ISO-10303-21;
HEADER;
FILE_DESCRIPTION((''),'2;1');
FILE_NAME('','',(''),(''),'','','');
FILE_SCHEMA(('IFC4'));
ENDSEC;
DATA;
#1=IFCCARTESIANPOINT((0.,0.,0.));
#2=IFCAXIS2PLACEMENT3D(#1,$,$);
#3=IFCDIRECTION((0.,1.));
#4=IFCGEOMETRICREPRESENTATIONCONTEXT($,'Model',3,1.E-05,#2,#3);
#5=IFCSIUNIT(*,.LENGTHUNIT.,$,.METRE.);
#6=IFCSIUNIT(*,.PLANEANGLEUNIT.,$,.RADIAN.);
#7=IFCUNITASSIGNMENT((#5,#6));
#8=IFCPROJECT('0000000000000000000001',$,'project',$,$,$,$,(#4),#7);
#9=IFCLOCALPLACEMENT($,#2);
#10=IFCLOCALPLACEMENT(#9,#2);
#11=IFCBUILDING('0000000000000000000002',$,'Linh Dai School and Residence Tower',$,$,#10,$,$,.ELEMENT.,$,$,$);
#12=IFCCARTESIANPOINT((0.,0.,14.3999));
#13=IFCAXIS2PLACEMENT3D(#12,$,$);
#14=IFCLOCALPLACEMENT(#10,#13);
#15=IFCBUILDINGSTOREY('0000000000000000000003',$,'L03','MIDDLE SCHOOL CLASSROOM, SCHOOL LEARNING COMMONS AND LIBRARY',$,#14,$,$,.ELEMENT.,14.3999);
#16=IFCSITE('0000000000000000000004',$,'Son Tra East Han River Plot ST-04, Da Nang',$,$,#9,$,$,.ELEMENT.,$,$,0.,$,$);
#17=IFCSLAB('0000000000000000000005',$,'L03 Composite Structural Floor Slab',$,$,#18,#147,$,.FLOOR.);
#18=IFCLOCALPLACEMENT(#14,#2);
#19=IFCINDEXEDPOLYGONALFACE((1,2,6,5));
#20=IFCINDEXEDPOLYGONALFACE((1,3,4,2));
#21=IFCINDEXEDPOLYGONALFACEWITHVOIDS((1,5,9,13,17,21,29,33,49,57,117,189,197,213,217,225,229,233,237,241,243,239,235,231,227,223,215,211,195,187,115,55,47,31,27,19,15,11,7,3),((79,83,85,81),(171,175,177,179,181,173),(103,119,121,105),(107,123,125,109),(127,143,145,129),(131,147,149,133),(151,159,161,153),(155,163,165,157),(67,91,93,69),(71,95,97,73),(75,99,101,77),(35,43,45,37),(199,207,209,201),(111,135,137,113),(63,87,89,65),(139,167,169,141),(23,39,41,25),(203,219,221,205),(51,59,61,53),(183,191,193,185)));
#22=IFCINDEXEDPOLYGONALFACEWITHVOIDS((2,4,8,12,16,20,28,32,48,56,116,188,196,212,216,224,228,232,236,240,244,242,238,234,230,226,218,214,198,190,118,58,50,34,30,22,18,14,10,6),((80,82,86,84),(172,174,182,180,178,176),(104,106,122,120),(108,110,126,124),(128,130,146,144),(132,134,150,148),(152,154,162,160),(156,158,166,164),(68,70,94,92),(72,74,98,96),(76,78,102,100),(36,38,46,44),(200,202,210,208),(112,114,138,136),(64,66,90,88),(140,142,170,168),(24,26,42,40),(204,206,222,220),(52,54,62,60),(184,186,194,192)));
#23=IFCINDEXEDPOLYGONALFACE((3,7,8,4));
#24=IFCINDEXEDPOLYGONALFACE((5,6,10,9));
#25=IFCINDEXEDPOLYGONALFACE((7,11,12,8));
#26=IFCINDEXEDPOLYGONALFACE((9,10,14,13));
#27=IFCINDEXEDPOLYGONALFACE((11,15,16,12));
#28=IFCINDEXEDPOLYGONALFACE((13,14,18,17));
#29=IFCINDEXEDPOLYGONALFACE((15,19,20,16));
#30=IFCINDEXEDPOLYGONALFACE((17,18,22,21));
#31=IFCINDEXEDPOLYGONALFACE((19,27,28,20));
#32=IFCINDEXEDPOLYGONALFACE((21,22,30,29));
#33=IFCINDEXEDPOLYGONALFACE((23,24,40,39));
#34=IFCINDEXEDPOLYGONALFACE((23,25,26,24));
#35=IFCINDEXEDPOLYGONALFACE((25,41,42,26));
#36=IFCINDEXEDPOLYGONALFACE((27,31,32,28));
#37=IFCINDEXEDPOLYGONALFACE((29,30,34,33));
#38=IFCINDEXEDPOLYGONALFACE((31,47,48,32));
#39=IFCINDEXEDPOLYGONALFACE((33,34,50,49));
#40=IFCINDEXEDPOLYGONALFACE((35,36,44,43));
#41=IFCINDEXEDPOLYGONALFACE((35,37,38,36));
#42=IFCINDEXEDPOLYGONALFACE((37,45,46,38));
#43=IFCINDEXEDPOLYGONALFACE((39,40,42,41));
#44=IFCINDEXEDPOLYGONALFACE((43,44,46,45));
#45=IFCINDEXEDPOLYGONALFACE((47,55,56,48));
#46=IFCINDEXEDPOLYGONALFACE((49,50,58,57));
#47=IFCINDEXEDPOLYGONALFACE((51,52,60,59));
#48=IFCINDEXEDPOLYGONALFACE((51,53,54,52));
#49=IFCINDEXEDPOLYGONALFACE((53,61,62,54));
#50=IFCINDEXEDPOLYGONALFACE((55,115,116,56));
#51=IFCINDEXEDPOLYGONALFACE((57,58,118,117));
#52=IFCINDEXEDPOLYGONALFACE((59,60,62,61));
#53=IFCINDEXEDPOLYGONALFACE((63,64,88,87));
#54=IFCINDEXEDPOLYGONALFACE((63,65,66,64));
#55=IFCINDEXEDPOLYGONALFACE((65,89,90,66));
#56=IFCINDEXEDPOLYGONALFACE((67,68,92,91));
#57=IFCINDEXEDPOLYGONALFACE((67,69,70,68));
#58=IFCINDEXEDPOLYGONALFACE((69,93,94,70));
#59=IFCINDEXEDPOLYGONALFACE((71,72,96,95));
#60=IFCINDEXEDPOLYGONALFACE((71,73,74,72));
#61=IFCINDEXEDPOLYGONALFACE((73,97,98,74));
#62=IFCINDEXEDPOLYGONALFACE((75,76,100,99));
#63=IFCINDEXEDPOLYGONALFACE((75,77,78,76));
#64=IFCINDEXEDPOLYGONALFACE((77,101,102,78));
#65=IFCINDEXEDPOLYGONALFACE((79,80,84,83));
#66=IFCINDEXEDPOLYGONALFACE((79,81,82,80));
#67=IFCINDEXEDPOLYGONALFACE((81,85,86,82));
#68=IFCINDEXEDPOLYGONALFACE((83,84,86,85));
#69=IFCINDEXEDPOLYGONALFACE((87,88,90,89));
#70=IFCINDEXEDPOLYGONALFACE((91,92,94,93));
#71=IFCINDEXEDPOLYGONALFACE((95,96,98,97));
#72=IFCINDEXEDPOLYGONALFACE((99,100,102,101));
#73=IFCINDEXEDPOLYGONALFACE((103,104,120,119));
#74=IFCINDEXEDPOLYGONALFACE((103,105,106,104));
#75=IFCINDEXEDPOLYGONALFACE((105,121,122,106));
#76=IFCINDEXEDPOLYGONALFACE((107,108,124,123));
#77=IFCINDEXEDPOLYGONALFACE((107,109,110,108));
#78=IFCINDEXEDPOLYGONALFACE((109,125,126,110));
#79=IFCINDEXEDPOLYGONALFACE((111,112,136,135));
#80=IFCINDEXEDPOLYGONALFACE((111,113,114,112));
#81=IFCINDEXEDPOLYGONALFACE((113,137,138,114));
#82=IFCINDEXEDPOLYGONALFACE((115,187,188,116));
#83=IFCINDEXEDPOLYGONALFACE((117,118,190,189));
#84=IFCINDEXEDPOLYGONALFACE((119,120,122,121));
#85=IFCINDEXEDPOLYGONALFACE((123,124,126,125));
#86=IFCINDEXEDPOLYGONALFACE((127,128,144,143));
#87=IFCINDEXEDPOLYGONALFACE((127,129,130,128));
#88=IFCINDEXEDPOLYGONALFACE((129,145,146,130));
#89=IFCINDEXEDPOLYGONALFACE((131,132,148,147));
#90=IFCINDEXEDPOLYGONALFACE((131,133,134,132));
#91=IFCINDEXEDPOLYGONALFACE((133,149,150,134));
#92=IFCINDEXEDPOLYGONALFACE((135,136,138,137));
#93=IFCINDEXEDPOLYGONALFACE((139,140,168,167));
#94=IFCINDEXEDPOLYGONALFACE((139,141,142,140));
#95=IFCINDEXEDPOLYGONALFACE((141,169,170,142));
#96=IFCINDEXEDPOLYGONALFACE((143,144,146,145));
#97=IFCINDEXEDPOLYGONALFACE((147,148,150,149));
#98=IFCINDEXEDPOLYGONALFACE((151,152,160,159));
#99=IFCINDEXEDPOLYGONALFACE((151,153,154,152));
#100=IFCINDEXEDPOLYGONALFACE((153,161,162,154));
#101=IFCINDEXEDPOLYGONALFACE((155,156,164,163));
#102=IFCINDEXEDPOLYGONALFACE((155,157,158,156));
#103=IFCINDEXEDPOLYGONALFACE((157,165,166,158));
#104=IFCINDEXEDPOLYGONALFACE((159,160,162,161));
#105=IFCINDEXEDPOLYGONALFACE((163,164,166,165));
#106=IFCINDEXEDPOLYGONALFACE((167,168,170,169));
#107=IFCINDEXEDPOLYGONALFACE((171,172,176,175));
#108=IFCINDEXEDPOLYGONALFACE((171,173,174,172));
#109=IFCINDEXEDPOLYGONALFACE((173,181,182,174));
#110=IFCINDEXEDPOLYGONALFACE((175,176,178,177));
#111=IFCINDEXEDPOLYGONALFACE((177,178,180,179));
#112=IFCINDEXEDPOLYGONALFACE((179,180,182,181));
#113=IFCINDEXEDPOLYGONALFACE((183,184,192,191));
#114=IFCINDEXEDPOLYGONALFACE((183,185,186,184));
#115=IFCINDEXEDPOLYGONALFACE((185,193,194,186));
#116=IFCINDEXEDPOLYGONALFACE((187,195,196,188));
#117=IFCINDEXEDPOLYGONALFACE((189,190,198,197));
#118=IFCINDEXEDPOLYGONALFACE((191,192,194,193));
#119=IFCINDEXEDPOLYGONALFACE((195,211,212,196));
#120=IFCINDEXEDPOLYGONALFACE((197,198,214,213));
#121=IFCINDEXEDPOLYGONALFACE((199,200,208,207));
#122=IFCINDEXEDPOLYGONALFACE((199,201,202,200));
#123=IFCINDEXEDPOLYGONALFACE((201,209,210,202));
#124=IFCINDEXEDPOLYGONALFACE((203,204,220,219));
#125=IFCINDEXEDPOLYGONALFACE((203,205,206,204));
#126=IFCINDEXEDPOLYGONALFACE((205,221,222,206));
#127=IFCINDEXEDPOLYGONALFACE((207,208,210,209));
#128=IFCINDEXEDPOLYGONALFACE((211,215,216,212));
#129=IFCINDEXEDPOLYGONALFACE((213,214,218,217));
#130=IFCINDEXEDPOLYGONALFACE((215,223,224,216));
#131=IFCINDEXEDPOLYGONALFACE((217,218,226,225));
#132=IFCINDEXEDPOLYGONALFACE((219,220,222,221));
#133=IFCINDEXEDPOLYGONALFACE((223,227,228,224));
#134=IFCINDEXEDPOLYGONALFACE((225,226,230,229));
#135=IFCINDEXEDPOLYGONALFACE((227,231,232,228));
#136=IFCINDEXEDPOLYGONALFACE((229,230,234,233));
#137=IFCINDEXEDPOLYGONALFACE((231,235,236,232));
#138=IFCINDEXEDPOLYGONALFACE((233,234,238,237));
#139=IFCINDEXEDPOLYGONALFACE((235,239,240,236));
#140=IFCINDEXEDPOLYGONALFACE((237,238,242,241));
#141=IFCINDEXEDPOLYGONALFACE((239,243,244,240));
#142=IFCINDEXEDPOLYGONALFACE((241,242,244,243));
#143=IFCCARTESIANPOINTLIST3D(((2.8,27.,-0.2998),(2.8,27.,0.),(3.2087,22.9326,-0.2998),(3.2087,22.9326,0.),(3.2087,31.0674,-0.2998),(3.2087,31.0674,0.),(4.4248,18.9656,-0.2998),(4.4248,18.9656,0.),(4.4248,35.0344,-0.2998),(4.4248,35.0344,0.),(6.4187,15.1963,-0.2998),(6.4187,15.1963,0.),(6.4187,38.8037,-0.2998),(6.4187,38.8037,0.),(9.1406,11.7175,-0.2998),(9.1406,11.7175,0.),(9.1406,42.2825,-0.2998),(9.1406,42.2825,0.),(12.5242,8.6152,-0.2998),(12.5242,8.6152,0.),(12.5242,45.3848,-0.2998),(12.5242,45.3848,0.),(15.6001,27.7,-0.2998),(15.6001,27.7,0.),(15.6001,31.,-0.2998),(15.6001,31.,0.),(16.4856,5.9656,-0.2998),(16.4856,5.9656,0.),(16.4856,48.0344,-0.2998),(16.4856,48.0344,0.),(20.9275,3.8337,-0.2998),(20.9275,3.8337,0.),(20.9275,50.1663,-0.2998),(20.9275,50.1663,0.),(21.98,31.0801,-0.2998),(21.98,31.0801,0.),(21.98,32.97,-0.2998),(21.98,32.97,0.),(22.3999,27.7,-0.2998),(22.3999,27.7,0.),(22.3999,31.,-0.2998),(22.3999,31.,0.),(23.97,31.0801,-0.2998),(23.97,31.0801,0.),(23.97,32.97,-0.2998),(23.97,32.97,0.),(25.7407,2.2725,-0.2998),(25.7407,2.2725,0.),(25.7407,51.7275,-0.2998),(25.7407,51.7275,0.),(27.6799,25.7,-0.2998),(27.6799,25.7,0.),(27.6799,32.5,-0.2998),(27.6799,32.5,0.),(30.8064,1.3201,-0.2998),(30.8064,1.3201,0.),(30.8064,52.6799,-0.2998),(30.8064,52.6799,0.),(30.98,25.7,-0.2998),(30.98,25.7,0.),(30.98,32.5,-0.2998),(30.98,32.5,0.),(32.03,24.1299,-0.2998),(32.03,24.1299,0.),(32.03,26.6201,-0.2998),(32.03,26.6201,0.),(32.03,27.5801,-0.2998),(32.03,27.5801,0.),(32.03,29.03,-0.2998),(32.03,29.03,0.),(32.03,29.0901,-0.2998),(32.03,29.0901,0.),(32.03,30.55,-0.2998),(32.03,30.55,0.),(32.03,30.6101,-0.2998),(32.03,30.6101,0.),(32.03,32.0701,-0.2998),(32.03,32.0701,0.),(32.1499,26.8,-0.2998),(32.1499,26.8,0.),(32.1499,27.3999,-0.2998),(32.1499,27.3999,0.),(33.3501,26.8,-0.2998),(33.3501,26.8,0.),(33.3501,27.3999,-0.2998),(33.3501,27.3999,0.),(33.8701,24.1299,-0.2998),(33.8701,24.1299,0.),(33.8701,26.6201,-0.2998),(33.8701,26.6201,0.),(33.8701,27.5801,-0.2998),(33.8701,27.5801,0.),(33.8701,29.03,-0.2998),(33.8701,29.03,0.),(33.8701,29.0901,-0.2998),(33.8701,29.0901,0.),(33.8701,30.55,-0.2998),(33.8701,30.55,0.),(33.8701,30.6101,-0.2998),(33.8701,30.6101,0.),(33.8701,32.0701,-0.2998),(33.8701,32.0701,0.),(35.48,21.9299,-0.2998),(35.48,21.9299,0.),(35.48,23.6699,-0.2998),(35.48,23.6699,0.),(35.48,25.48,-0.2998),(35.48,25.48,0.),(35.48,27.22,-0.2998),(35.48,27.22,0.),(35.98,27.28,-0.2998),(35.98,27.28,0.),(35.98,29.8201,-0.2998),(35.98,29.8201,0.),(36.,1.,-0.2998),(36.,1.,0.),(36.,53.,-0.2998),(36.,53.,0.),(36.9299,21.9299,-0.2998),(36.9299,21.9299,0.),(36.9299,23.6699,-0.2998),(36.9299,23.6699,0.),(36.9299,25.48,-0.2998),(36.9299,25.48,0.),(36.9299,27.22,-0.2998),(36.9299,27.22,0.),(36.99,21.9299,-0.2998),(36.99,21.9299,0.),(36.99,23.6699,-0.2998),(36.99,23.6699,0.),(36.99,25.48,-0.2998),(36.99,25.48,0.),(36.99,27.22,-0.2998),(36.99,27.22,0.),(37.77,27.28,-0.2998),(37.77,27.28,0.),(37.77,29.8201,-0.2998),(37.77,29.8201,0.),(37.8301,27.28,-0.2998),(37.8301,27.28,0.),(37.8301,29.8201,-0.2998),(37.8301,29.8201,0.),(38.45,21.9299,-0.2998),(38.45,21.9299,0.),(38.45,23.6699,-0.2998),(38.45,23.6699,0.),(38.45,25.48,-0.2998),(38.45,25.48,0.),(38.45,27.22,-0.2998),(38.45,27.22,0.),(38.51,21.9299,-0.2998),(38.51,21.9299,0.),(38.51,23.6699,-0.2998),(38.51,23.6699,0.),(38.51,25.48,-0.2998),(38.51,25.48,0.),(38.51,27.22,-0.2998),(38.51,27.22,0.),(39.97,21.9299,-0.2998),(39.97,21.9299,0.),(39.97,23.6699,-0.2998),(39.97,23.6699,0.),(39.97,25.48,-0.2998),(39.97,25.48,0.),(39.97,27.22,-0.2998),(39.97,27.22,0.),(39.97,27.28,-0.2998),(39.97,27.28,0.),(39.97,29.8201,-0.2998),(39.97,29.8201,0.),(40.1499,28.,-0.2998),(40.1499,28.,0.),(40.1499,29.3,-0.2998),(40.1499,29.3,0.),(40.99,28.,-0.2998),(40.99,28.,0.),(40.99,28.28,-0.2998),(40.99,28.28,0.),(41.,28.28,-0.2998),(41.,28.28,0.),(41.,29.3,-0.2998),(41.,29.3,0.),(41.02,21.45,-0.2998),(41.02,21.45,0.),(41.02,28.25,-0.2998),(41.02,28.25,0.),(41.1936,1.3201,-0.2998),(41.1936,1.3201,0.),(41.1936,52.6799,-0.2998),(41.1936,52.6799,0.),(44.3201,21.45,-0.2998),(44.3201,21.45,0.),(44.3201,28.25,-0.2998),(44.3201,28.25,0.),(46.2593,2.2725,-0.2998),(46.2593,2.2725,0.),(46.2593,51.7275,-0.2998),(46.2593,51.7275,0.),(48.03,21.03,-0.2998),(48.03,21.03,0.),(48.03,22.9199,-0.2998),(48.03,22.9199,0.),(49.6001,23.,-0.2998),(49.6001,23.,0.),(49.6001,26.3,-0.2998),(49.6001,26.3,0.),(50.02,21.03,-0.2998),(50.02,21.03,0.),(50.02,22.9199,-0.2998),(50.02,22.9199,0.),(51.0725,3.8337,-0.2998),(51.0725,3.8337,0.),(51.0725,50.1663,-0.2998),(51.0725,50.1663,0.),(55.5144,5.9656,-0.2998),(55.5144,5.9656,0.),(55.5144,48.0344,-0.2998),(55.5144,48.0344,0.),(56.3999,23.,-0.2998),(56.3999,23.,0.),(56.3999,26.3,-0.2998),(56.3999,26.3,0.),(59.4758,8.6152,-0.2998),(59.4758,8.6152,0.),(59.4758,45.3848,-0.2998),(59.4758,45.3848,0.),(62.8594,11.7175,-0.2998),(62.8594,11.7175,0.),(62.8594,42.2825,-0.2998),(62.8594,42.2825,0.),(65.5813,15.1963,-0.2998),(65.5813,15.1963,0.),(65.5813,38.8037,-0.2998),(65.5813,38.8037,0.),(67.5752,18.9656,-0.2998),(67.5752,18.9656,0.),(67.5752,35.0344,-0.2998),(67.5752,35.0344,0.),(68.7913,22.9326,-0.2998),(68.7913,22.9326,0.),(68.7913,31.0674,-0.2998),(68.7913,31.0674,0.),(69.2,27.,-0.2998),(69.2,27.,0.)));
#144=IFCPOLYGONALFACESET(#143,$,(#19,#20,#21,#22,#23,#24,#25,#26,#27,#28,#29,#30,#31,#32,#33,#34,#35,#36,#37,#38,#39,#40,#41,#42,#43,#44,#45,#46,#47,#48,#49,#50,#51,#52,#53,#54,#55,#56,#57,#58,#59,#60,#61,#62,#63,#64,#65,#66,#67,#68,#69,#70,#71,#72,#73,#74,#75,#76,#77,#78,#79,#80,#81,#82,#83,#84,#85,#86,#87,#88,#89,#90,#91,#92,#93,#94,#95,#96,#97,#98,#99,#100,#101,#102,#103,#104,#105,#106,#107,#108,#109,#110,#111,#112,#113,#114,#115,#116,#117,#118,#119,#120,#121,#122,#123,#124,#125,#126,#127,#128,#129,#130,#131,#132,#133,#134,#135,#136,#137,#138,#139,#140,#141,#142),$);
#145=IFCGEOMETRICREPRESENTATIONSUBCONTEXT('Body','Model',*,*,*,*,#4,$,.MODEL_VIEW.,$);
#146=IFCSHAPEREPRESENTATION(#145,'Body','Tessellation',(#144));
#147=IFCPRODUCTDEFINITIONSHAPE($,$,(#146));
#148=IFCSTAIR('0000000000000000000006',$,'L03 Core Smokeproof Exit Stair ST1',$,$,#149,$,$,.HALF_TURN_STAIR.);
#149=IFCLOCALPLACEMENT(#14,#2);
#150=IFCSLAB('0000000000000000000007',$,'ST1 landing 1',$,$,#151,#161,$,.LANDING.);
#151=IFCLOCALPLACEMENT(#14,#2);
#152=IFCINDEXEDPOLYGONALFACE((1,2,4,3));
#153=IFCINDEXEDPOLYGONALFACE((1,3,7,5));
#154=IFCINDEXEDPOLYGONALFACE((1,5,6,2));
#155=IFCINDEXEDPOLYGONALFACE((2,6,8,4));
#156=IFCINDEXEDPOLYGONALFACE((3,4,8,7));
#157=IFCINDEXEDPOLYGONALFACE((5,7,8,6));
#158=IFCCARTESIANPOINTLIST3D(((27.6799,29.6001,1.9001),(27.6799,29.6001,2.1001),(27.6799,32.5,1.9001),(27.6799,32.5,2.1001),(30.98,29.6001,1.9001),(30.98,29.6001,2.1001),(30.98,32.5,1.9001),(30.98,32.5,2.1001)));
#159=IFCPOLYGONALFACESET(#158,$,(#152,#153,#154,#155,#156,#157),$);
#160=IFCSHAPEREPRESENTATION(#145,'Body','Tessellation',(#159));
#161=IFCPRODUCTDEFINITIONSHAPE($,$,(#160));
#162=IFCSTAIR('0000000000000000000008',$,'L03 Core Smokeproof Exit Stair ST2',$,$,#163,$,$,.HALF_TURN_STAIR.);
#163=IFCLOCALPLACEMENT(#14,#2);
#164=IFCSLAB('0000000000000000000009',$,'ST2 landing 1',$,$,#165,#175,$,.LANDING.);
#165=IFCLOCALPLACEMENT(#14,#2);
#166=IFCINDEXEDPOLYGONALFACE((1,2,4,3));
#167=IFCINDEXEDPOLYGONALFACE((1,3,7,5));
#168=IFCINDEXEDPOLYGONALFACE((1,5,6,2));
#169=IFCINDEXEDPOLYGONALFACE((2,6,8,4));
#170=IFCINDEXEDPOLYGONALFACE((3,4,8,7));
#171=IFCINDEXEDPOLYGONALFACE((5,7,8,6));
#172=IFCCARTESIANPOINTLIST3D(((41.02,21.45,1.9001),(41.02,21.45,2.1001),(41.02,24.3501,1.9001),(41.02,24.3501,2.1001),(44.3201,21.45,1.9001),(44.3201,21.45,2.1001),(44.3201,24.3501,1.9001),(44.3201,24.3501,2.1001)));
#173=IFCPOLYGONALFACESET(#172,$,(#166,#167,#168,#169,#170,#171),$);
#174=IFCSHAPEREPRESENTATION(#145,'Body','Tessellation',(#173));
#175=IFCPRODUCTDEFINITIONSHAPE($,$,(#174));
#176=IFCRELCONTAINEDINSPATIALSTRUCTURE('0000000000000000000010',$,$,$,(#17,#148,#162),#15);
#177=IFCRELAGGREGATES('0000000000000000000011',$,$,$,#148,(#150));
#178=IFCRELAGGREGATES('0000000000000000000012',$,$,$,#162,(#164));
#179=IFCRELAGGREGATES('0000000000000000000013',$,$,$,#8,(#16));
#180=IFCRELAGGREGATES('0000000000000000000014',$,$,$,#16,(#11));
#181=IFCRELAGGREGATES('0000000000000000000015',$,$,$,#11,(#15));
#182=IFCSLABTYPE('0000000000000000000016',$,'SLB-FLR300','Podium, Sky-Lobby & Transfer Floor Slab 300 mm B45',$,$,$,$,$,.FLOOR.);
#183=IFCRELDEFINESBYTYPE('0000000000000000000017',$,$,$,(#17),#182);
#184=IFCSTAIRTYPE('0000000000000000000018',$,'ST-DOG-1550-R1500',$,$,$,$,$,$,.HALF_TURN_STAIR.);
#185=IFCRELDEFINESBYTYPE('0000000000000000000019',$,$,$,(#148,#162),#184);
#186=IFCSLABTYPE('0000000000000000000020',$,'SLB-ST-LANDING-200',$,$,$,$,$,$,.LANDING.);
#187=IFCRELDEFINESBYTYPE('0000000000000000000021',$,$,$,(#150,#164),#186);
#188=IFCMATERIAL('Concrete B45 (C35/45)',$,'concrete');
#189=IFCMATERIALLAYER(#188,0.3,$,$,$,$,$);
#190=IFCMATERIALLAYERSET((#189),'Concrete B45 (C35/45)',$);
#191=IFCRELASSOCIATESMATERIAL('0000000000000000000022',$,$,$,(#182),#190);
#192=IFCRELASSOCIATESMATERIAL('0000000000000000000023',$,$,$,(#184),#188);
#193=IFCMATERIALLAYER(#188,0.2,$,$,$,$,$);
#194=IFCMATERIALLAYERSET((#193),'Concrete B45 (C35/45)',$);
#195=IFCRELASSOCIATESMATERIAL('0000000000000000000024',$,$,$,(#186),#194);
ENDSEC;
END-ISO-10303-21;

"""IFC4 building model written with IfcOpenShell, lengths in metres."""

from ifc_helpers import new_model, si_unit, direction, frame, origin, place, context, subcontext, project, spatial, polyline, outline, extrude, material, layer, layer_set, type_object, element, aggregate, save


model = new_model("IFC4")

# Units and contexts
model_context = context("Model", 3, precision=1e-05, world=origin(), true_north=direction((0.0, 1.0)))
body_context = subcontext(model_context, "Body", "Model", "MODEL_VIEW")
ifc_project = project(units=[si_unit("LENGTHUNIT", "METRE"), si_unit("PLANEANGLEUNIT", "RADIAN")], contexts=[model_context])

# Site, building, storey
site_placement = place(None, origin())
site = spatial("IfcSite", under=ifc_project, at=site_placement, Name="Son Tra East Han River Plot ST-04, Da Nang", CompositionType="ELEMENT", RefElevation=0.0)
building_placement = place(site_placement, origin())
building = spatial("IfcBuilding", under=site, at=building_placement, Name="Linh Dai School and Residence Tower", CompositionType="ELEMENT")
storey_placement = place(building_placement, frame((0.0, 0.0, 14.3999)))
storey = spatial("IfcBuildingStorey", under=building, at=storey_placement, Name="L03", Description="MIDDLE SCHOOL CLASSROOM, SCHOOL LEARNING COMMONS AND LIBRARY", CompositionType="ELEMENT", Elevation=14.3999)

# Slab
ifc_material_1 = material(Name="Concrete B45 (C35/45)", Category="concrete")
ifc_layer_1 = layer(ifc_material_1, 0.3)
ifc_layer_set_1 = layer_set([ifc_layer_1], Name="Concrete B45 (C35/45)")
slab_type_1 = type_object("IfcSlabType", Name="SLB-FLR300", Description="Podium, Sky-Lobby & Transfer Floor Slab 300 mm B45", PredefinedType="FLOOR", material=ifc_layer_set_1)
slab_1_placement = place(storey_placement, frame((0.0, 0.0, -0.2998)))
element("IfcSlab", 1, at=slab_1_placement, inside=storey, type_object=slab_type_1, Name="L03 Composite Structural Floor Slab", PredefinedType="FLOOR", context=body_context, shape_type="SweptSolid", body=[
    extrude(outline(polyline([(69.2, 27.0), (68.7913, 31.0674), (67.5752, 35.0344), (65.5813, 38.8037), (62.8594, 42.2825), (59.4758, 45.3848), (55.5144, 48.0344), (51.0725, 50.1663), (46.2593, 51.7275), (41.1936, 52.6799), (36.0, 53.0), (30.8064, 52.6799), (25.7407, 51.7275), (20.9275, 50.1663), (16.4856, 48.0344), (12.5242, 45.3848), (9.1406, 42.2825), (6.4187, 38.8037), (4.4248, 35.0344), (3.2087, 31.0674), (2.8, 27.0), (3.2087, 22.9326), (4.4248, 18.9656), (6.4187, 15.1963), (9.1406, 11.7175), (12.5242, 8.6152), (16.4856, 5.9656), (20.9275, 3.8337), (25.7407, 2.2725), (30.8064, 1.3201), (36.0, 1.0), (41.1936, 1.3201), (46.2593, 2.2725), (51.0725, 3.8337), (55.5144, 5.9656), (59.4758, 8.6152), (62.8594, 11.7175), (65.5813, 15.1963), (67.5752, 18.9656), (68.7913, 22.9326), (69.2, 27.0)]), holes=[polyline([(30.98, 25.7), (30.98, 32.5), (27.6799, 32.5), (27.6799, 25.7), (30.98, 25.7)]), polyline([(41.02, 28.25), (41.02, 21.45), (44.3201, 21.45), (44.3201, 28.25), (41.02, 28.25)]), polyline([(22.3999, 31.0), (15.6001, 31.0), (15.6001, 27.7), (22.3999, 27.7), (22.3999, 31.0)]), polyline([(49.6001, 23.0), (56.3999, 23.0), (56.3999, 26.3), (49.6001, 26.3), (49.6001, 23.0)]), polyline([(35.98, 27.28), (37.77, 27.28), (37.77, 29.8201), (35.98, 29.8201), (35.98, 27.28)]), polyline([(32.03, 24.1299), (33.8701, 24.1299), (33.8701, 26.6201), (32.03, 26.6201), (32.03, 24.1299)]), polyline([(37.8301, 27.28), (39.97, 27.28), (39.97, 29.8201), (37.8301, 29.8201), (37.8301, 27.28)]), polyline([(35.48, 21.9299), (36.9299, 21.9299), (36.9299, 23.6699), (35.48, 23.6699), (35.48, 21.9299)]), polyline([(36.99, 21.9299), (38.45, 21.9299), (38.45, 23.6699), (36.99, 23.6699), (36.99, 21.9299)]), polyline([(38.51, 21.9299), (39.97, 21.9299), (39.97, 23.6699), (38.51, 23.6699), (38.51, 21.9299)]), polyline([(32.03, 27.5801), (33.8701, 27.5801), (33.8701, 29.03), (32.03, 29.03), (32.03, 27.5801)]), polyline([(32.03, 29.0901), (33.8701, 29.0901), (33.8701, 30.55), (32.03, 30.55), (32.03, 29.0901)]), polyline([(32.03, 30.6101), (33.8701, 30.6101), (33.8701, 32.0701), (32.03, 32.0701), (32.03, 30.6101)]), polyline([(35.48, 25.48), (36.9299, 25.48), (36.9299, 27.22), (35.48, 27.22), (35.48, 25.48)]), polyline([(36.99, 25.48), (38.45, 25.48), (38.45, 27.22), (36.99, 27.22), (36.99, 25.48)]), polyline([(38.51, 25.48), (39.97, 25.48), (39.97, 27.22), (38.51, 27.22), (38.51, 25.48)]), polyline([(21.98, 31.0801), (23.97, 31.0801), (23.97, 32.97), (21.98, 32.97), (21.98, 31.0801)]), polyline([(48.03, 21.03), (50.02, 21.03), (50.02, 22.9199), (48.03, 22.9199), (48.03, 21.03)]), polyline([(40.1499, 28.0), (40.1499, 29.3), (41.0, 29.3), (41.0, 28.28), (40.99, 28.28), (40.99, 28.0), (40.1499, 28.0)]), polyline([(32.1499, 26.8), (33.3501, 26.8), (33.3501, 27.3999), (32.1499, 27.3999), (32.1499, 26.8)])]), origin(), (0.0, 0.0, 1.0), 0.2998),
])

# Stairs, slabs
stair_type = type_object("IfcStairType", Name="ST-DOG-1550-R1500", PredefinedType="HALF_TURN_STAIR", material=ifc_material_1)
stair_1_placement = place(storey_placement, origin())
stair_1 = element("IfcStair", 2, at=stair_1_placement, inside=storey, type_object=stair_type, Name="L03 Core Smokeproof Exit Stair ST1", PredefinedType="HALF_TURN_STAIR")
ifc_layer_2 = layer(ifc_material_1, 0.2)
ifc_layer_set_2 = layer_set([ifc_layer_2], Name="Concrete B45 (C35/45)")
slab_type_2 = type_object("IfcSlabType", Name="SLB-ST-LANDING-200", PredefinedType="LANDING", material=ifc_layer_set_2)
slab_2_placement = place(storey_placement, frame((0.0, 0.0, 1.9001)))
slab_2 = element("IfcSlab", 3, at=slab_2_placement, type_object=slab_type_2, Name="ST1 landing 1", PredefinedType="LANDING", context=body_context, shape_type="SweptSolid", body=[
    extrude(outline(polyline([(30.98, 29.6001), (30.98, 32.5), (27.6799, 32.5), (27.6799, 29.6001), (30.98, 29.6001)])), origin(), (0.0, 0.0, 1.0), 0.2),
])
aggregate(stair_1, [slab_2])
stair_2_placement = place(storey_placement, origin())
stair_2 = element("IfcStair", 4, at=stair_2_placement, inside=storey, type_object=stair_type, Name="L03 Core Smokeproof Exit Stair ST2", PredefinedType="HALF_TURN_STAIR")
slab_3_placement = place(storey_placement, frame((0.0, 0.0, 1.9001)))
slab_3 = element("IfcSlab", 5, at=slab_3_placement, type_object=slab_type_2, Name="ST2 landing 1", PredefinedType="LANDING", context=body_context, shape_type="SweptSolid", body=[
    extrude(outline(polyline([(41.02, 24.3501), (41.02, 21.45), (44.3201, 21.45), (44.3201, 24.3501), (41.02, 24.3501)])), origin(), (0.0, 0.0, 1.0), 0.2),
])
aggregate(stair_2, [slab_3])

save(model, "model.ifc")
